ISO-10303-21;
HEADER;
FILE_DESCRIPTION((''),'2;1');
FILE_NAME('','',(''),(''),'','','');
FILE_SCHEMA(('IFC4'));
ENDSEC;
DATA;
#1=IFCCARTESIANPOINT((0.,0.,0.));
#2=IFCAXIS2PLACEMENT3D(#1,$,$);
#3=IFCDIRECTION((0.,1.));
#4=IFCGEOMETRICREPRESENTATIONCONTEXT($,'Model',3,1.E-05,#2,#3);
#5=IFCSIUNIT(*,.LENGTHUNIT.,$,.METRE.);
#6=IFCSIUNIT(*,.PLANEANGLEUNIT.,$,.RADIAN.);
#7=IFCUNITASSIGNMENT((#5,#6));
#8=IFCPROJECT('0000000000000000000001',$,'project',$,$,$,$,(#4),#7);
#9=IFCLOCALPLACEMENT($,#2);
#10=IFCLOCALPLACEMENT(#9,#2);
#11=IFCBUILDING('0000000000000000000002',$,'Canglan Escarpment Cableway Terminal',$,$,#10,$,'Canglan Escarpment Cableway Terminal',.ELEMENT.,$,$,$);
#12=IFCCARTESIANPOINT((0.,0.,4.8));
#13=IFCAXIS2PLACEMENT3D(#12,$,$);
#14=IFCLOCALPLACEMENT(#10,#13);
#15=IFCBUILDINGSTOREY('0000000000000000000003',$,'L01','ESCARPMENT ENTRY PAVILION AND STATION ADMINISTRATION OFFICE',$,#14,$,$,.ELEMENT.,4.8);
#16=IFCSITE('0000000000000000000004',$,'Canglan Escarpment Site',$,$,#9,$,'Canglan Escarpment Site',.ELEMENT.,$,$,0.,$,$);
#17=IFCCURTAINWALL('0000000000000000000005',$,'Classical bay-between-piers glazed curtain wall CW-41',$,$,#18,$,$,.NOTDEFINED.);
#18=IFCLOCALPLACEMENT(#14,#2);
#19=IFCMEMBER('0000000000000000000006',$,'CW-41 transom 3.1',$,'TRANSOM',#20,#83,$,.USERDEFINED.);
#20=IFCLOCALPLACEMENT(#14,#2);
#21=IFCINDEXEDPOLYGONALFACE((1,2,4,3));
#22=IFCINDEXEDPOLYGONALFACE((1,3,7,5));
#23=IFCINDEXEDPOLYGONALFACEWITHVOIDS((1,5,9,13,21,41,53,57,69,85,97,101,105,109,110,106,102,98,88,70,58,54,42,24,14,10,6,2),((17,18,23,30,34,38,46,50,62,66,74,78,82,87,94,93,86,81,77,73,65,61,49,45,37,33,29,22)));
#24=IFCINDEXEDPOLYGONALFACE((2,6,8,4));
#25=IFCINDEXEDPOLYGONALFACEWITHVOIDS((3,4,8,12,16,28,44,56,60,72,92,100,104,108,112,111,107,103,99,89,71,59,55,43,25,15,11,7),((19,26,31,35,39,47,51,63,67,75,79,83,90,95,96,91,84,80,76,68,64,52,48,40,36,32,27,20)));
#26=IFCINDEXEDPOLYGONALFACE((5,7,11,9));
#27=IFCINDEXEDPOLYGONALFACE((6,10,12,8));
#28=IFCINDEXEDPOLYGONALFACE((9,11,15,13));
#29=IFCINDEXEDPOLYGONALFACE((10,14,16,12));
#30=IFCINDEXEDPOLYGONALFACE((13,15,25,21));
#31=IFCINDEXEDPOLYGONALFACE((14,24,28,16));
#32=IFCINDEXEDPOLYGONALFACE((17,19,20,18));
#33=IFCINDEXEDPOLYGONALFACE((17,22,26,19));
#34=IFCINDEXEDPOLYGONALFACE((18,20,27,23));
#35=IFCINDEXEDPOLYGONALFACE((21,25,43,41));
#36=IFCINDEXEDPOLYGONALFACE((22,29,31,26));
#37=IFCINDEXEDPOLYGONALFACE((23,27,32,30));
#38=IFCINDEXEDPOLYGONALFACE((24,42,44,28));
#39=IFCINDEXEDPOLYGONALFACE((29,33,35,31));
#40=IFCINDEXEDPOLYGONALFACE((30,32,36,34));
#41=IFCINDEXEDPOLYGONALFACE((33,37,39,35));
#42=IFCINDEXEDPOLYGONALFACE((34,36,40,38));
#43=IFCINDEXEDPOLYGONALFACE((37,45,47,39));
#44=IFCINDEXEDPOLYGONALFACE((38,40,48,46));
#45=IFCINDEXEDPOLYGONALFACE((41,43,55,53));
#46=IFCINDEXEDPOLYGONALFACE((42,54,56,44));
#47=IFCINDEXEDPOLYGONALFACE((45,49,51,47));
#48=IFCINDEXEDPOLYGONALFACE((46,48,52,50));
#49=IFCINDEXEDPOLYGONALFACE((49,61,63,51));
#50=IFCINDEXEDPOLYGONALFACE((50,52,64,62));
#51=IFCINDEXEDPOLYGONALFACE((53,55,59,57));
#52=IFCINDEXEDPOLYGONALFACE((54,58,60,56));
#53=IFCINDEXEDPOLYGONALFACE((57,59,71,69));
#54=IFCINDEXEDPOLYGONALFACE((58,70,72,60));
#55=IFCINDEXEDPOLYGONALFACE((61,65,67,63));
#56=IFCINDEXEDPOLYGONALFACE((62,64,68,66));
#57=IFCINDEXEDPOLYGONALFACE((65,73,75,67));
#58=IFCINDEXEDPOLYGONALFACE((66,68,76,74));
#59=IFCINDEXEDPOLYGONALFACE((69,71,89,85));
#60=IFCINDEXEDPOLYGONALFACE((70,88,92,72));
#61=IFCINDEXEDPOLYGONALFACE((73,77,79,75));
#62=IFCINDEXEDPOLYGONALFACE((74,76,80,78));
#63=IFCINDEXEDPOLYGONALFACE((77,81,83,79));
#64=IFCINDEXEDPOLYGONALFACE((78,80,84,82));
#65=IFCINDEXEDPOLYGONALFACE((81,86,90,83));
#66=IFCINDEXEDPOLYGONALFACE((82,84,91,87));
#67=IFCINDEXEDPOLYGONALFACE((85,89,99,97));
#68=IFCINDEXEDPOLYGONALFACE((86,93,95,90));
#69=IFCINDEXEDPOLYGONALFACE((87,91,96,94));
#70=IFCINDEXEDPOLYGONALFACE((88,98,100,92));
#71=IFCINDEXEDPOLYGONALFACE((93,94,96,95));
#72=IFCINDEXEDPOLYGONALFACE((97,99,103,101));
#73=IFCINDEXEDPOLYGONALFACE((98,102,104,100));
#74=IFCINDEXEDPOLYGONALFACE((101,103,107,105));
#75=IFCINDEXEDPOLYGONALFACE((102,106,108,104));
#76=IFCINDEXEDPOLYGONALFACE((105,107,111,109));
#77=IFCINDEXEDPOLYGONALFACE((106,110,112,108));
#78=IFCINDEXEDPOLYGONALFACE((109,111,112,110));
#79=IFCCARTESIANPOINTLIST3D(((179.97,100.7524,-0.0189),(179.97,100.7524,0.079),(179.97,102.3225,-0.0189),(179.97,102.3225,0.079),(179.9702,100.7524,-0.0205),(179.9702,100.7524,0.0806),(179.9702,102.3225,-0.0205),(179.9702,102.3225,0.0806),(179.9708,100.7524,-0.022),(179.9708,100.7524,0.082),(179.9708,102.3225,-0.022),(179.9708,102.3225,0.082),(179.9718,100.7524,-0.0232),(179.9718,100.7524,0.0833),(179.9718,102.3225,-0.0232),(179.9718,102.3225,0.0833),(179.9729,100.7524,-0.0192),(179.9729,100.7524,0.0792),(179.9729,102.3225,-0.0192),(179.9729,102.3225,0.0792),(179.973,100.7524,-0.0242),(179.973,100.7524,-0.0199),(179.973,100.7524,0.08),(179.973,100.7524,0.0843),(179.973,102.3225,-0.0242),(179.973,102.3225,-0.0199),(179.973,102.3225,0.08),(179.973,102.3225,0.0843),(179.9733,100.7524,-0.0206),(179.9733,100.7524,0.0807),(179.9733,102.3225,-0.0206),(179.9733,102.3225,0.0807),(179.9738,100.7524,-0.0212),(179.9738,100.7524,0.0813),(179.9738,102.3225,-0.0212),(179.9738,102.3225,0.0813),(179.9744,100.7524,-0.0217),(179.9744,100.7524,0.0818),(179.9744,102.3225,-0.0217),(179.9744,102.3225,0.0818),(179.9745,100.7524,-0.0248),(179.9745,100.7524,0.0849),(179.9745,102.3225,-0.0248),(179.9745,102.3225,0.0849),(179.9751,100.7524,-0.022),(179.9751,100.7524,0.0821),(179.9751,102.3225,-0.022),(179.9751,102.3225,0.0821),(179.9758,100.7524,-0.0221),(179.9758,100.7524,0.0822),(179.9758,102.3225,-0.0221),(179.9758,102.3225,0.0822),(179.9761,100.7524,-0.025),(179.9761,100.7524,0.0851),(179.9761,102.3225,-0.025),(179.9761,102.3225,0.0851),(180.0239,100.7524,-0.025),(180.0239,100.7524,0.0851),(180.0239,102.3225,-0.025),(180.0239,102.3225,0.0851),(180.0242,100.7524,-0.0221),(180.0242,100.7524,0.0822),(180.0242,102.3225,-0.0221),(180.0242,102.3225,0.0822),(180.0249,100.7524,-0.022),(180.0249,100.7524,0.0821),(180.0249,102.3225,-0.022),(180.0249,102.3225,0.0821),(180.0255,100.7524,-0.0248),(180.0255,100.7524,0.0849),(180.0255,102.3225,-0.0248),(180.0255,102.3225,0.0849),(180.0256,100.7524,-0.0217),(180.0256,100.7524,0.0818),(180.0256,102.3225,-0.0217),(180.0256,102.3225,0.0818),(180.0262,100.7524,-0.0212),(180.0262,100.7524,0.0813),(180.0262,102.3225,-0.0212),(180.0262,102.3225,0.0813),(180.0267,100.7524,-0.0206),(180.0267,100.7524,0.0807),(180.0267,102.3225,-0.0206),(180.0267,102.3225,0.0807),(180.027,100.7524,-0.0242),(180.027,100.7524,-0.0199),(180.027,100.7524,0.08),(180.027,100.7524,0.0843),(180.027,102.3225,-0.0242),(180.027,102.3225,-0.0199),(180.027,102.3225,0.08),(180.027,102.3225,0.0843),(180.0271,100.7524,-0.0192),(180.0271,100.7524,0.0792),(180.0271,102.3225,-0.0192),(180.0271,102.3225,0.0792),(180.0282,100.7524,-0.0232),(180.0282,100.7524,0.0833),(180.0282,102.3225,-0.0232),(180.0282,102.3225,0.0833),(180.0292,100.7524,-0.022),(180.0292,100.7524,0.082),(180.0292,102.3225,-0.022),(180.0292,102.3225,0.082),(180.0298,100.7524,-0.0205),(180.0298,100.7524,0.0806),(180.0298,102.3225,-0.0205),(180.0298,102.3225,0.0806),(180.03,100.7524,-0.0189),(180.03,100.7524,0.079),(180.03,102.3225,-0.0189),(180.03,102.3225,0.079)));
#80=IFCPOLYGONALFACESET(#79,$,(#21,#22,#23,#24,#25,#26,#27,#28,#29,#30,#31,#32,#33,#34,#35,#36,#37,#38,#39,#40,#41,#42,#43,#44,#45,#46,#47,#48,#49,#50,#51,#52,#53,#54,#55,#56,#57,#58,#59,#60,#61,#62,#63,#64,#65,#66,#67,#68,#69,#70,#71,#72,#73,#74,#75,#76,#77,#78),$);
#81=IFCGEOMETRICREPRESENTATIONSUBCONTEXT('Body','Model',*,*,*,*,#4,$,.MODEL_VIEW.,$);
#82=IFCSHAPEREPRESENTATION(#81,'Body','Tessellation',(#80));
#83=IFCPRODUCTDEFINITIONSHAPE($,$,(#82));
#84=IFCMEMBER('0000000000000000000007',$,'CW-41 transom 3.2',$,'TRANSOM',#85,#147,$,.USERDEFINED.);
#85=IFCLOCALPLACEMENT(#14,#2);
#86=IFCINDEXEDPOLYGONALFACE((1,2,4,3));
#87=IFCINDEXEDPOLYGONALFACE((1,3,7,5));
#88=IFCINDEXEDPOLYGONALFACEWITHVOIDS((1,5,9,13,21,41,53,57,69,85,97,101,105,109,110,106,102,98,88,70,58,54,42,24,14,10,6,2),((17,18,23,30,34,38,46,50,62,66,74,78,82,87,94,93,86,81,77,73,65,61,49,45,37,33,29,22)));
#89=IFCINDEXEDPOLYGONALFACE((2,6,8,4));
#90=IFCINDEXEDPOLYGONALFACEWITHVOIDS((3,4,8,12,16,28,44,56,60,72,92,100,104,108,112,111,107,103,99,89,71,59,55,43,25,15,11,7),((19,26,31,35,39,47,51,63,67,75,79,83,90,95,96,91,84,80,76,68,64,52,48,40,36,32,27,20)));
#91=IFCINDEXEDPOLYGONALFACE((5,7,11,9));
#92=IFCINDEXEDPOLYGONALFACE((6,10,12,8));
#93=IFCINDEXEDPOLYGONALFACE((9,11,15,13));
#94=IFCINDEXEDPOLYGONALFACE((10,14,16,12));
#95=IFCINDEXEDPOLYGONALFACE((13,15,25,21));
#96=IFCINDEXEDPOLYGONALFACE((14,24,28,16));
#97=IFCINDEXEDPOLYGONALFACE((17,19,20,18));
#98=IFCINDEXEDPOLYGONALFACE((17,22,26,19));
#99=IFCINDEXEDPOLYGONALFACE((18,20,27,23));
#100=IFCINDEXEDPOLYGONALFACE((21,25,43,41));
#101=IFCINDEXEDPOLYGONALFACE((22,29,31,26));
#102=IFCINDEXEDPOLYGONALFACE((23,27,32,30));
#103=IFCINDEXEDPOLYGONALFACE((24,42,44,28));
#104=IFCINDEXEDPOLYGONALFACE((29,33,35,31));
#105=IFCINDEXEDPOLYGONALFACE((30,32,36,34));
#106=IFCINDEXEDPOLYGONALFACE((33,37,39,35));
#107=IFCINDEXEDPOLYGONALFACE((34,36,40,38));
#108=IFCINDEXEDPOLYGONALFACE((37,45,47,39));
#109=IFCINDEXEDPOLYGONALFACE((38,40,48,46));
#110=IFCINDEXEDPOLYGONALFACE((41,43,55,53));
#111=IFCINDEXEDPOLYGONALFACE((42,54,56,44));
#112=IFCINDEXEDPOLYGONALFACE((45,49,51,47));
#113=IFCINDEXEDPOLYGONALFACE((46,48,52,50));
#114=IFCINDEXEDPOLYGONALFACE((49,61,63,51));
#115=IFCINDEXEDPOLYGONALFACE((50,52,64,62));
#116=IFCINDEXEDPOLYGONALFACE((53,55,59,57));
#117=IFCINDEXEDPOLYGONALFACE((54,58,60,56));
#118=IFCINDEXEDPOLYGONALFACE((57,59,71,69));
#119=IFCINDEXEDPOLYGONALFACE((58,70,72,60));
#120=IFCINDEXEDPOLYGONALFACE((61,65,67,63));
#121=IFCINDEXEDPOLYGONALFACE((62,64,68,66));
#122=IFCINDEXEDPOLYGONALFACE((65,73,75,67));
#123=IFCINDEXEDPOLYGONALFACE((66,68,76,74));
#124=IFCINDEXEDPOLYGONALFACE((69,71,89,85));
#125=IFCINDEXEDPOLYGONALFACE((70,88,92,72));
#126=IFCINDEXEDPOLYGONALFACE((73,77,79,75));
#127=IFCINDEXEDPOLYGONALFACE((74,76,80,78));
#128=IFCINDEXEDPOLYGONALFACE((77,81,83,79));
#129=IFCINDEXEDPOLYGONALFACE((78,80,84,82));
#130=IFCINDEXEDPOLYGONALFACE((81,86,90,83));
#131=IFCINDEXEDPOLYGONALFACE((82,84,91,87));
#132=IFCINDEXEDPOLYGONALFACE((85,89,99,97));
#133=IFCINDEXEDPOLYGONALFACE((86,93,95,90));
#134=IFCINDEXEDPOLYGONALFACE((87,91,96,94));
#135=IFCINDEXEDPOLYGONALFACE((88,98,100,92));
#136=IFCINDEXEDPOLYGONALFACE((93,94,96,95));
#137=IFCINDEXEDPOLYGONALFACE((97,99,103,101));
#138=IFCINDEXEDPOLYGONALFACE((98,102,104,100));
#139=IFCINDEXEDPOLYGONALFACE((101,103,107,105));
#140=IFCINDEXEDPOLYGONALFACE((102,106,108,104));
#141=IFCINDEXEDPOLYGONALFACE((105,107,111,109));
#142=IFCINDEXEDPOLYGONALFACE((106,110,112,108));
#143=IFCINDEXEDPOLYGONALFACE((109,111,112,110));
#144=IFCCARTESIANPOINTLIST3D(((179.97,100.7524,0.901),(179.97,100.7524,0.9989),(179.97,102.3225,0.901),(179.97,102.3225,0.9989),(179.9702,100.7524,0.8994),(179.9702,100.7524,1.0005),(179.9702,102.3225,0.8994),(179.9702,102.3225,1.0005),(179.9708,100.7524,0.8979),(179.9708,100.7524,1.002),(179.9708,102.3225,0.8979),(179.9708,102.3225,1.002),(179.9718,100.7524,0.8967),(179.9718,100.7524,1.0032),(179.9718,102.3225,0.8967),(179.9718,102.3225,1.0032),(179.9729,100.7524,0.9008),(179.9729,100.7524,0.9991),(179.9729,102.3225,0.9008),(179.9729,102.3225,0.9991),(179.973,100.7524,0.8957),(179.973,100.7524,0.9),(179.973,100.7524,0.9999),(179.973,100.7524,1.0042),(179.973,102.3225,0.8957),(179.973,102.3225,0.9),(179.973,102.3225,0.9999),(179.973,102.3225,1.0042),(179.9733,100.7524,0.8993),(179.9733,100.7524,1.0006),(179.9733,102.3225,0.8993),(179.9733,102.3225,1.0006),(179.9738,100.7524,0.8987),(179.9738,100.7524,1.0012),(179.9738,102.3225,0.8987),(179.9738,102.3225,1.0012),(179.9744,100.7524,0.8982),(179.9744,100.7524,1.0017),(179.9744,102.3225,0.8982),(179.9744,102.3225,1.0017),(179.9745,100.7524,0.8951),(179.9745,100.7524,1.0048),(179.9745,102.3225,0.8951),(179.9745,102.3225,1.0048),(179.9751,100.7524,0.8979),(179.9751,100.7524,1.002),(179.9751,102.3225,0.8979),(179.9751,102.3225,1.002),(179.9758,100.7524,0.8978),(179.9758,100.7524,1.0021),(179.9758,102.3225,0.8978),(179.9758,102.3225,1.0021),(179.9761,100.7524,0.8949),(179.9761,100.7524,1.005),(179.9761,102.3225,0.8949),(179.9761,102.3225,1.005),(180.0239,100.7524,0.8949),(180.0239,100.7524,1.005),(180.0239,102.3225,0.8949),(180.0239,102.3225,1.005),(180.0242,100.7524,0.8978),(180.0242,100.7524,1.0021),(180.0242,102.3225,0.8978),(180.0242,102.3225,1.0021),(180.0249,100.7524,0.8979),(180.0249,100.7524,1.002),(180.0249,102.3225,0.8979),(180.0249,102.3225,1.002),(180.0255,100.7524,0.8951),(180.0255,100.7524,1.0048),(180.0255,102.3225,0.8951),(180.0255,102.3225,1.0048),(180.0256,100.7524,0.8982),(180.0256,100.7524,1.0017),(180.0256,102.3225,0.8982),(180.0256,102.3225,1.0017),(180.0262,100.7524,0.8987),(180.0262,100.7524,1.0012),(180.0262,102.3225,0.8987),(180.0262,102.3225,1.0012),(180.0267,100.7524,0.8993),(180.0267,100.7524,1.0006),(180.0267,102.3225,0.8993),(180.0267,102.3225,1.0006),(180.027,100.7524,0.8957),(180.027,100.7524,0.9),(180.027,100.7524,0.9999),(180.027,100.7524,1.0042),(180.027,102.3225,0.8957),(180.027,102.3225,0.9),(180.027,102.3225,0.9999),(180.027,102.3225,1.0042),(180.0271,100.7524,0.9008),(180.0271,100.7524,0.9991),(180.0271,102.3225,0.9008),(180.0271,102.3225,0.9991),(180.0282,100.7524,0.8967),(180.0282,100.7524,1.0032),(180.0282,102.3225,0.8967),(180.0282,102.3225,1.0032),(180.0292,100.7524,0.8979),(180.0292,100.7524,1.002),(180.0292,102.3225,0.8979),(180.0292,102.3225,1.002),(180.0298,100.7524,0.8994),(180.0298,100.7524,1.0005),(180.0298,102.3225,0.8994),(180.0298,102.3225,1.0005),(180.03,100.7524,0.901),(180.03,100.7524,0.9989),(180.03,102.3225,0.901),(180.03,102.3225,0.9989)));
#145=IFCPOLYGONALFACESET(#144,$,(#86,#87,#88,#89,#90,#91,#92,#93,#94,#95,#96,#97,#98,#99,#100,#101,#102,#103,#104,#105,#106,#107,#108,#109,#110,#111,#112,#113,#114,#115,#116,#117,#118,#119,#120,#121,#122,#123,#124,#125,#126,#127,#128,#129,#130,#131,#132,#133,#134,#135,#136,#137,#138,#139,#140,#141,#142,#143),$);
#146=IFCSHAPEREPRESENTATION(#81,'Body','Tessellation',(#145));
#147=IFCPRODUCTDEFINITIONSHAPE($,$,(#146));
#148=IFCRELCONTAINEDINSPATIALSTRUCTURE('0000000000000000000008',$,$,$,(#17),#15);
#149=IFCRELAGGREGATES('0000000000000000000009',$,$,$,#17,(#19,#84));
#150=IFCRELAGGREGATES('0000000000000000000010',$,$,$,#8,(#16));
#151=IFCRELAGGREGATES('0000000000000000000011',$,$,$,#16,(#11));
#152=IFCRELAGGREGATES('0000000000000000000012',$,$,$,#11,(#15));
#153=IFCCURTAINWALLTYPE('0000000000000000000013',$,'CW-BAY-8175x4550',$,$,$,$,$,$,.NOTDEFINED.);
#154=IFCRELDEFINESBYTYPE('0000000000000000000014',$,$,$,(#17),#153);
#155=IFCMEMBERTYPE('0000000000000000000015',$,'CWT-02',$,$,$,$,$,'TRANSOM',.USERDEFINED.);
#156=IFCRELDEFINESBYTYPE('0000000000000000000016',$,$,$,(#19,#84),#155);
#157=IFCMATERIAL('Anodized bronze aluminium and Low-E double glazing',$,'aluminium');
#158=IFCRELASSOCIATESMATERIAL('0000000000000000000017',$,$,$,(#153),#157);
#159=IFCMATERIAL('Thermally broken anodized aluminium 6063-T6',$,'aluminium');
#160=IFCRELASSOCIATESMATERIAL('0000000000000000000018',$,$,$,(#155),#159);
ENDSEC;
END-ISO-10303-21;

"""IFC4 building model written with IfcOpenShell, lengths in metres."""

from ifc_helpers import new_model, si_unit, direction, frame, origin, origin_2d, place, context, subcontext, project, spatial, hollow_rectangle, extrude, material, material_profile, profile_set, type_object, element, aggregate, save


model = new_model("IFC4")

# Units and contexts
model_context = context("Model", 3, precision=1e-05, world=origin(), true_north=direction((0.0, 1.0)))
body_context = subcontext(model_context, "Body", "Model", "MODEL_VIEW")
ifc_project = project(units=[si_unit("LENGTHUNIT", "METRE"), si_unit("PLANEANGLEUNIT", "RADIAN")], contexts=[model_context])

# Site, building, storey
site_placement = place(None, origin())
site = spatial("IfcSite", under=ifc_project, at=site_placement, Name="Canglan Escarpment Site", LongName="Canglan Escarpment Site", CompositionType="ELEMENT", RefElevation=0.0)
building_placement = place(site_placement, origin())
building = spatial("IfcBuilding", under=site, at=building_placement, Name="Canglan Escarpment Cableway Terminal", LongName="Canglan Escarpment Cableway Terminal", CompositionType="ELEMENT")
storey_placement = place(building_placement, frame((0.0, 0.0, 4.8)))
storey = spatial("IfcBuildingStorey", under=building, at=storey_placement, Name="L01", Description="ESCARPMENT ENTRY PAVILION AND STATION ADMINISTRATION OFFICE", CompositionType="ELEMENT", Elevation=4.8)

# Curtain wall, members
ifc_material_1 = material(Name="Anodized bronze aluminium and Low-E double glazing", Category="aluminium")
curtain_wall_type = type_object("IfcCurtainWallType", Name="CW-BAY-8175x4550", PredefinedType="NOTDEFINED", material=ifc_material_1)
curtain_wall_placement = place(storey_placement, origin())
curtain_wall = element("IfcCurtainWall", 1, at=curtain_wall_placement, inside=storey, type_object=curtain_wall_type, Name="Classical bay-between-piers glazed curtain wall CW-41", PredefinedType="NOTDEFINED")
ifc_material_2 = material(Name="Thermally broken anodized aluminium 6063-T6", Category="aluminium")
ifc_material_profile_1 = material_profile(ifc_material_2, hollow_rectangle(XDim=0.0601, YDim=0.1101, WallThickness=0.0029, InnerFilletRadius=0.0029, OuterFilletRadius=0.0061, at=origin_2d()), Name="ALU-TRAN 60x110x3")
ifc_profile_set_1 = profile_set([ifc_material_profile_1], Name="Thermally broken anodized aluminium 6063-T6")
member_type_1 = type_object("IfcMemberType", Name="CWT-02", ElementType="TRANSOM", PredefinedType="USERDEFINED", material=ifc_profile_set_1)
member_1_placement = place(storey_placement, frame((180.0, 100.7524, 0.03), z_axis=(0.0, 1.0, 0.0), x_axis=(-1.0, 0.0, 0.0)))
member_1 = element("IfcMember", 2, at=member_1_placement, type_object=member_type_1, Name="CW-41 transom 3.1", ObjectType="TRANSOM", PredefinedType="USERDEFINED", context=body_context, shape_type="SweptSolid", body=[
    extrude(hollow_rectangle(XDim=0.0601, YDim=0.1101, WallThickness=0.0029, InnerFilletRadius=0.0029, OuterFilletRadius=0.0061, at=origin_2d()), origin(), (0.0, 0.0, 1.0), 1.5701),
])
member_2_placement = place(storey_placement, frame((180.0, 100.7524, 0.95), z_axis=(0.0, 1.0, 0.0), x_axis=(-1.0, 0.0, 0.0)))
member_2 = element("IfcMember", 3, at=member_2_placement, type_object=member_type_1, Name="CW-41 transom 3.2", ObjectType="TRANSOM", PredefinedType="USERDEFINED", context=body_context, shape_type="SweptSolid", body=[
    extrude(hollow_rectangle(XDim=0.0601, YDim=0.1101, WallThickness=0.0029, InnerFilletRadius=0.0029, OuterFilletRadius=0.0061, at=origin_2d()), origin(), (0.0, 0.0, 1.0), 1.5701),
])
aggregate(curtain_wall, [member_1, member_2])

save(model, "model.ifc")
